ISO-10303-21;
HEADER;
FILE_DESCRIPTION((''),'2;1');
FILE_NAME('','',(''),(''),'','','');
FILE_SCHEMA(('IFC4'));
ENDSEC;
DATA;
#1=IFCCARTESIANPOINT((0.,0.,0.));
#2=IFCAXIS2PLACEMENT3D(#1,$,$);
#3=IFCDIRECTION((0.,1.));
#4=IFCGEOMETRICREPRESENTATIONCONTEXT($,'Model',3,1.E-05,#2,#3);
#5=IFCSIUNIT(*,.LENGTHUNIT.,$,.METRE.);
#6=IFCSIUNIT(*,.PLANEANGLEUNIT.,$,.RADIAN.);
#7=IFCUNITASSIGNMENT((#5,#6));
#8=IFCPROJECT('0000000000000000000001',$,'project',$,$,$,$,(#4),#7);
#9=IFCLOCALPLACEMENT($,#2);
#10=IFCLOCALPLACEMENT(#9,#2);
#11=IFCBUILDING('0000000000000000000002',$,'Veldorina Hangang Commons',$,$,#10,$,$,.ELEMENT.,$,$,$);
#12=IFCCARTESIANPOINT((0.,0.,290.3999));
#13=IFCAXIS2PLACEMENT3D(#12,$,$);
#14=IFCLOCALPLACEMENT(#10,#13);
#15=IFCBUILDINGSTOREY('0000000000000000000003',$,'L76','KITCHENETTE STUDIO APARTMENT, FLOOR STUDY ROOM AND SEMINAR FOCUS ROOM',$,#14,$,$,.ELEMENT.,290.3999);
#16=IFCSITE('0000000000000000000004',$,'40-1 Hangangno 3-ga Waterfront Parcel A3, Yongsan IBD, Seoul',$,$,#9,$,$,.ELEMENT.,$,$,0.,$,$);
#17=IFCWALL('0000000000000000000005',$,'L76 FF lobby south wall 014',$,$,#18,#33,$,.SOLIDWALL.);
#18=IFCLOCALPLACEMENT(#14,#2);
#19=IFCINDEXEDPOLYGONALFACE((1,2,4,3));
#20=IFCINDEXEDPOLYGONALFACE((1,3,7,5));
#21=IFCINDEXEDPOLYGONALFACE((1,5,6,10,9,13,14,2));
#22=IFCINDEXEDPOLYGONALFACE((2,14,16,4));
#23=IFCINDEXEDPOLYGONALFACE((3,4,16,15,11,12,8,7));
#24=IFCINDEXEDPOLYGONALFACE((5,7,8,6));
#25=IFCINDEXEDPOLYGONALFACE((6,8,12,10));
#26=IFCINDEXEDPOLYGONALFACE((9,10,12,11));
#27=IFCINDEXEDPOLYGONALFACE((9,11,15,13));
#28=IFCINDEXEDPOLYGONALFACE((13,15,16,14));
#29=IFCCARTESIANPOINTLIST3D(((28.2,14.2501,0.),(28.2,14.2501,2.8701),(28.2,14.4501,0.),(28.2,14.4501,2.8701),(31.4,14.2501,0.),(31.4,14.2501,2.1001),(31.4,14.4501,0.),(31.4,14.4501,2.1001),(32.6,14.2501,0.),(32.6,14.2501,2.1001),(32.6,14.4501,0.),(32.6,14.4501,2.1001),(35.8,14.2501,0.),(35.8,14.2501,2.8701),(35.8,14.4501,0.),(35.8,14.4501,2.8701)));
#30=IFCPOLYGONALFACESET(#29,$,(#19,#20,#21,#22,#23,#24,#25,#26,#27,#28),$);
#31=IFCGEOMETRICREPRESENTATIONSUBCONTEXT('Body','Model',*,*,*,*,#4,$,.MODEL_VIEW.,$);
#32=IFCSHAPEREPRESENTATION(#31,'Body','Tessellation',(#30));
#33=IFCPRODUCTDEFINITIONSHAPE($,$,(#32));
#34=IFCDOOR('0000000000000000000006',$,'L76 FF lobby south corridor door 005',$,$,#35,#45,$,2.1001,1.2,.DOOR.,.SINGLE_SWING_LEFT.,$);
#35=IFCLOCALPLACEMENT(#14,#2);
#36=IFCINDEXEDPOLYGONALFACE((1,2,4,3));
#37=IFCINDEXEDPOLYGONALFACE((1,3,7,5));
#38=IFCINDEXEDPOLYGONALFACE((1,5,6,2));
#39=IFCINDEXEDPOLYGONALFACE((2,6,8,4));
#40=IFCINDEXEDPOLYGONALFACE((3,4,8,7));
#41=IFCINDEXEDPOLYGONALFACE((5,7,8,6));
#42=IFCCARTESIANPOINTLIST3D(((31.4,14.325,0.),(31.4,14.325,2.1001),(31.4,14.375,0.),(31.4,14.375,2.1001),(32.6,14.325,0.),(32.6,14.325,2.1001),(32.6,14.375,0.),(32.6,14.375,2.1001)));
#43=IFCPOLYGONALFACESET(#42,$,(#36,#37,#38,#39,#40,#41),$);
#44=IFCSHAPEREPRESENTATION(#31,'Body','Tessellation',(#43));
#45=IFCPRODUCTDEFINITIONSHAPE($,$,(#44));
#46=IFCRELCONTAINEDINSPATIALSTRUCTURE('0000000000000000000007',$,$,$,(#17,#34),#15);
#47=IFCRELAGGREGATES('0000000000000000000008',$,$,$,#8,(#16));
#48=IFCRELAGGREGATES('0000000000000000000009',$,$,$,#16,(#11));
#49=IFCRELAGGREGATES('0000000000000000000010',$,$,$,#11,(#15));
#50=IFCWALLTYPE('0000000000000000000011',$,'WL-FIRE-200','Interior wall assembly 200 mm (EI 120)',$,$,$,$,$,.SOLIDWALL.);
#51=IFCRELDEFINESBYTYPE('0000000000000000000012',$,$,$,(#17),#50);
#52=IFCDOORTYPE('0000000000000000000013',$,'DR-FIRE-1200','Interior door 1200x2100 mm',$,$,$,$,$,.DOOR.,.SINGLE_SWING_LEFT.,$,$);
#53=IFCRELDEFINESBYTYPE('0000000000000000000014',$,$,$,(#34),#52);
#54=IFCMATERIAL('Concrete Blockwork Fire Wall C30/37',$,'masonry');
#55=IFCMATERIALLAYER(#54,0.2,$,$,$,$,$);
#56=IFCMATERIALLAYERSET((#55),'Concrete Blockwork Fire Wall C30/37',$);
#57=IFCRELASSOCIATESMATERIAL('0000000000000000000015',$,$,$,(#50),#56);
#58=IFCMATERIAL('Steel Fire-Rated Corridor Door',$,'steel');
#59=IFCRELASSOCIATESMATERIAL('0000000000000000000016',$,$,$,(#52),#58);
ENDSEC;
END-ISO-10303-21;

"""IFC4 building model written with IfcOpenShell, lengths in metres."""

from ifc_helpers import new_model, si_unit, direction, frame, frame_2d, origin, place, context, subcontext, project, spatial, rectangle, extrude, material, layer, layer_set, type_object, element, fill, save


model = new_model("IFC4")

# Units and contexts
model_context = context("Model", 3, precision=1e-05, world=origin(), true_north=direction((0.0, 1.0)))
body_context = subcontext(model_context, "Body", "Model", "MODEL_VIEW")
ifc_project = project(units=[si_unit("LENGTHUNIT", "METRE"), si_unit("PLANEANGLEUNIT", "RADIAN")], contexts=[model_context])

# Site, building, storey
site_placement = place(None, origin())
site = spatial("IfcSite", under=ifc_project, at=site_placement, Name="40-1 Hangangno 3-ga Waterfront Parcel A3, Yongsan IBD, Seoul", CompositionType="ELEMENT", RefElevation=0.0)
building_placement = place(site_placement, origin())
building = spatial("IfcBuilding", under=site, at=building_placement, Name="Veldorina Hangang Commons", CompositionType="ELEMENT")
storey_placement = place(building_placement, frame((0.0, 0.0, 290.3999)))
storey = spatial("IfcBuildingStorey", under=building, at=storey_placement, Name="L76", Description="KITCHENETTE STUDIO APARTMENT, FLOOR STUDY ROOM AND SEMINAR FOCUS ROOM", CompositionType="ELEMENT", Elevation=290.3999)

# Shared definitions
ifc_material_1 = material(Name="Concrete Blockwork Fire Wall C30/37", Category="masonry")
ifc_layer_1 = layer(ifc_material_1, 0.2)
ifc_layer_set_1 = layer_set([ifc_layer_1], Name="Concrete Blockwork Fire Wall C30/37")
wall_type_1 = type_object("IfcWallType", Name="WL-FIRE-200", Description="Interior wall assembly 200 mm (EI 120)", PredefinedType="SOLIDWALL", material=ifc_layer_set_1)

# Wall, opening, door
wall_1_placement = place(storey_placement, frame((28.2, 14.3501, 0.0), z_axis=(0.0, 0.0, 1.0), x_axis=(1.0, 0.0, 0.0)))
wall_1 = element("IfcWall", 1, at=wall_1_placement, inside=storey, type_object=wall_type_1, Name="L76 FF lobby south wall 014", PredefinedType="SOLIDWALL", context=body_context, shape_type="SweptSolid", body=[
    extrude(rectangle(XDim=7.6001, YDim=0.2, at=frame_2d((3.8, 0.0))), origin(), (0.0, 0.0, 1.0), 2.8701),
])
opening_1_placement = place(wall_1_placement, frame((3.2, 0.0, 0.0)))
opening_1 = element("IfcOpeningElement", 2, at=opening_1_placement, cuts=wall_1, PredefinedType="OPENING", context=body_context, shape_type="SweptSolid", body=[
    extrude(rectangle(XDim=1.2, YDim=2.1001, at=frame_2d((0.6001, 1.05))), frame((0.0, 0.1099, 0.0), z_axis=(0.0, -1.0, 0.0), x_axis=(1.0, 0.0, 0.0)), (0.0, 0.0, 1.0), 0.22),
])
ifc_material_2 = material(Name="Steel Fire-Rated Corridor Door", Category="steel")
door_type_1 = type_object("IfcDoorType", Name="DR-FIRE-1200", Description="Interior door 1200x2100 mm", OperationType="SINGLE_SWING_LEFT", PredefinedType="DOOR", material=ifc_material_2)
door_1_placement = place(opening_1_placement, origin())
door_1 = element("IfcDoor", 3, at=door_1_placement, inside=storey, type_object=door_type_1, Name="L76 FF lobby south corridor door 005", OperationType="SINGLE_SWING_LEFT", OverallHeight=2.1001, OverallWidth=1.2, PredefinedType="DOOR", context=body_context, shape_type="SweptSolid", body=[
    extrude(rectangle(XDim=1.2, YDim=2.1001, at=frame_2d((0.6001, 1.05))), frame((0.0, 0.0249, 0.0), z_axis=(0.0, -1.0, 0.0), x_axis=(1.0, 0.0, 0.0)), (0.0, 0.0, 1.0), 0.05),
])
fill(opening_1, door_1)

save(model, "model.ifc")
